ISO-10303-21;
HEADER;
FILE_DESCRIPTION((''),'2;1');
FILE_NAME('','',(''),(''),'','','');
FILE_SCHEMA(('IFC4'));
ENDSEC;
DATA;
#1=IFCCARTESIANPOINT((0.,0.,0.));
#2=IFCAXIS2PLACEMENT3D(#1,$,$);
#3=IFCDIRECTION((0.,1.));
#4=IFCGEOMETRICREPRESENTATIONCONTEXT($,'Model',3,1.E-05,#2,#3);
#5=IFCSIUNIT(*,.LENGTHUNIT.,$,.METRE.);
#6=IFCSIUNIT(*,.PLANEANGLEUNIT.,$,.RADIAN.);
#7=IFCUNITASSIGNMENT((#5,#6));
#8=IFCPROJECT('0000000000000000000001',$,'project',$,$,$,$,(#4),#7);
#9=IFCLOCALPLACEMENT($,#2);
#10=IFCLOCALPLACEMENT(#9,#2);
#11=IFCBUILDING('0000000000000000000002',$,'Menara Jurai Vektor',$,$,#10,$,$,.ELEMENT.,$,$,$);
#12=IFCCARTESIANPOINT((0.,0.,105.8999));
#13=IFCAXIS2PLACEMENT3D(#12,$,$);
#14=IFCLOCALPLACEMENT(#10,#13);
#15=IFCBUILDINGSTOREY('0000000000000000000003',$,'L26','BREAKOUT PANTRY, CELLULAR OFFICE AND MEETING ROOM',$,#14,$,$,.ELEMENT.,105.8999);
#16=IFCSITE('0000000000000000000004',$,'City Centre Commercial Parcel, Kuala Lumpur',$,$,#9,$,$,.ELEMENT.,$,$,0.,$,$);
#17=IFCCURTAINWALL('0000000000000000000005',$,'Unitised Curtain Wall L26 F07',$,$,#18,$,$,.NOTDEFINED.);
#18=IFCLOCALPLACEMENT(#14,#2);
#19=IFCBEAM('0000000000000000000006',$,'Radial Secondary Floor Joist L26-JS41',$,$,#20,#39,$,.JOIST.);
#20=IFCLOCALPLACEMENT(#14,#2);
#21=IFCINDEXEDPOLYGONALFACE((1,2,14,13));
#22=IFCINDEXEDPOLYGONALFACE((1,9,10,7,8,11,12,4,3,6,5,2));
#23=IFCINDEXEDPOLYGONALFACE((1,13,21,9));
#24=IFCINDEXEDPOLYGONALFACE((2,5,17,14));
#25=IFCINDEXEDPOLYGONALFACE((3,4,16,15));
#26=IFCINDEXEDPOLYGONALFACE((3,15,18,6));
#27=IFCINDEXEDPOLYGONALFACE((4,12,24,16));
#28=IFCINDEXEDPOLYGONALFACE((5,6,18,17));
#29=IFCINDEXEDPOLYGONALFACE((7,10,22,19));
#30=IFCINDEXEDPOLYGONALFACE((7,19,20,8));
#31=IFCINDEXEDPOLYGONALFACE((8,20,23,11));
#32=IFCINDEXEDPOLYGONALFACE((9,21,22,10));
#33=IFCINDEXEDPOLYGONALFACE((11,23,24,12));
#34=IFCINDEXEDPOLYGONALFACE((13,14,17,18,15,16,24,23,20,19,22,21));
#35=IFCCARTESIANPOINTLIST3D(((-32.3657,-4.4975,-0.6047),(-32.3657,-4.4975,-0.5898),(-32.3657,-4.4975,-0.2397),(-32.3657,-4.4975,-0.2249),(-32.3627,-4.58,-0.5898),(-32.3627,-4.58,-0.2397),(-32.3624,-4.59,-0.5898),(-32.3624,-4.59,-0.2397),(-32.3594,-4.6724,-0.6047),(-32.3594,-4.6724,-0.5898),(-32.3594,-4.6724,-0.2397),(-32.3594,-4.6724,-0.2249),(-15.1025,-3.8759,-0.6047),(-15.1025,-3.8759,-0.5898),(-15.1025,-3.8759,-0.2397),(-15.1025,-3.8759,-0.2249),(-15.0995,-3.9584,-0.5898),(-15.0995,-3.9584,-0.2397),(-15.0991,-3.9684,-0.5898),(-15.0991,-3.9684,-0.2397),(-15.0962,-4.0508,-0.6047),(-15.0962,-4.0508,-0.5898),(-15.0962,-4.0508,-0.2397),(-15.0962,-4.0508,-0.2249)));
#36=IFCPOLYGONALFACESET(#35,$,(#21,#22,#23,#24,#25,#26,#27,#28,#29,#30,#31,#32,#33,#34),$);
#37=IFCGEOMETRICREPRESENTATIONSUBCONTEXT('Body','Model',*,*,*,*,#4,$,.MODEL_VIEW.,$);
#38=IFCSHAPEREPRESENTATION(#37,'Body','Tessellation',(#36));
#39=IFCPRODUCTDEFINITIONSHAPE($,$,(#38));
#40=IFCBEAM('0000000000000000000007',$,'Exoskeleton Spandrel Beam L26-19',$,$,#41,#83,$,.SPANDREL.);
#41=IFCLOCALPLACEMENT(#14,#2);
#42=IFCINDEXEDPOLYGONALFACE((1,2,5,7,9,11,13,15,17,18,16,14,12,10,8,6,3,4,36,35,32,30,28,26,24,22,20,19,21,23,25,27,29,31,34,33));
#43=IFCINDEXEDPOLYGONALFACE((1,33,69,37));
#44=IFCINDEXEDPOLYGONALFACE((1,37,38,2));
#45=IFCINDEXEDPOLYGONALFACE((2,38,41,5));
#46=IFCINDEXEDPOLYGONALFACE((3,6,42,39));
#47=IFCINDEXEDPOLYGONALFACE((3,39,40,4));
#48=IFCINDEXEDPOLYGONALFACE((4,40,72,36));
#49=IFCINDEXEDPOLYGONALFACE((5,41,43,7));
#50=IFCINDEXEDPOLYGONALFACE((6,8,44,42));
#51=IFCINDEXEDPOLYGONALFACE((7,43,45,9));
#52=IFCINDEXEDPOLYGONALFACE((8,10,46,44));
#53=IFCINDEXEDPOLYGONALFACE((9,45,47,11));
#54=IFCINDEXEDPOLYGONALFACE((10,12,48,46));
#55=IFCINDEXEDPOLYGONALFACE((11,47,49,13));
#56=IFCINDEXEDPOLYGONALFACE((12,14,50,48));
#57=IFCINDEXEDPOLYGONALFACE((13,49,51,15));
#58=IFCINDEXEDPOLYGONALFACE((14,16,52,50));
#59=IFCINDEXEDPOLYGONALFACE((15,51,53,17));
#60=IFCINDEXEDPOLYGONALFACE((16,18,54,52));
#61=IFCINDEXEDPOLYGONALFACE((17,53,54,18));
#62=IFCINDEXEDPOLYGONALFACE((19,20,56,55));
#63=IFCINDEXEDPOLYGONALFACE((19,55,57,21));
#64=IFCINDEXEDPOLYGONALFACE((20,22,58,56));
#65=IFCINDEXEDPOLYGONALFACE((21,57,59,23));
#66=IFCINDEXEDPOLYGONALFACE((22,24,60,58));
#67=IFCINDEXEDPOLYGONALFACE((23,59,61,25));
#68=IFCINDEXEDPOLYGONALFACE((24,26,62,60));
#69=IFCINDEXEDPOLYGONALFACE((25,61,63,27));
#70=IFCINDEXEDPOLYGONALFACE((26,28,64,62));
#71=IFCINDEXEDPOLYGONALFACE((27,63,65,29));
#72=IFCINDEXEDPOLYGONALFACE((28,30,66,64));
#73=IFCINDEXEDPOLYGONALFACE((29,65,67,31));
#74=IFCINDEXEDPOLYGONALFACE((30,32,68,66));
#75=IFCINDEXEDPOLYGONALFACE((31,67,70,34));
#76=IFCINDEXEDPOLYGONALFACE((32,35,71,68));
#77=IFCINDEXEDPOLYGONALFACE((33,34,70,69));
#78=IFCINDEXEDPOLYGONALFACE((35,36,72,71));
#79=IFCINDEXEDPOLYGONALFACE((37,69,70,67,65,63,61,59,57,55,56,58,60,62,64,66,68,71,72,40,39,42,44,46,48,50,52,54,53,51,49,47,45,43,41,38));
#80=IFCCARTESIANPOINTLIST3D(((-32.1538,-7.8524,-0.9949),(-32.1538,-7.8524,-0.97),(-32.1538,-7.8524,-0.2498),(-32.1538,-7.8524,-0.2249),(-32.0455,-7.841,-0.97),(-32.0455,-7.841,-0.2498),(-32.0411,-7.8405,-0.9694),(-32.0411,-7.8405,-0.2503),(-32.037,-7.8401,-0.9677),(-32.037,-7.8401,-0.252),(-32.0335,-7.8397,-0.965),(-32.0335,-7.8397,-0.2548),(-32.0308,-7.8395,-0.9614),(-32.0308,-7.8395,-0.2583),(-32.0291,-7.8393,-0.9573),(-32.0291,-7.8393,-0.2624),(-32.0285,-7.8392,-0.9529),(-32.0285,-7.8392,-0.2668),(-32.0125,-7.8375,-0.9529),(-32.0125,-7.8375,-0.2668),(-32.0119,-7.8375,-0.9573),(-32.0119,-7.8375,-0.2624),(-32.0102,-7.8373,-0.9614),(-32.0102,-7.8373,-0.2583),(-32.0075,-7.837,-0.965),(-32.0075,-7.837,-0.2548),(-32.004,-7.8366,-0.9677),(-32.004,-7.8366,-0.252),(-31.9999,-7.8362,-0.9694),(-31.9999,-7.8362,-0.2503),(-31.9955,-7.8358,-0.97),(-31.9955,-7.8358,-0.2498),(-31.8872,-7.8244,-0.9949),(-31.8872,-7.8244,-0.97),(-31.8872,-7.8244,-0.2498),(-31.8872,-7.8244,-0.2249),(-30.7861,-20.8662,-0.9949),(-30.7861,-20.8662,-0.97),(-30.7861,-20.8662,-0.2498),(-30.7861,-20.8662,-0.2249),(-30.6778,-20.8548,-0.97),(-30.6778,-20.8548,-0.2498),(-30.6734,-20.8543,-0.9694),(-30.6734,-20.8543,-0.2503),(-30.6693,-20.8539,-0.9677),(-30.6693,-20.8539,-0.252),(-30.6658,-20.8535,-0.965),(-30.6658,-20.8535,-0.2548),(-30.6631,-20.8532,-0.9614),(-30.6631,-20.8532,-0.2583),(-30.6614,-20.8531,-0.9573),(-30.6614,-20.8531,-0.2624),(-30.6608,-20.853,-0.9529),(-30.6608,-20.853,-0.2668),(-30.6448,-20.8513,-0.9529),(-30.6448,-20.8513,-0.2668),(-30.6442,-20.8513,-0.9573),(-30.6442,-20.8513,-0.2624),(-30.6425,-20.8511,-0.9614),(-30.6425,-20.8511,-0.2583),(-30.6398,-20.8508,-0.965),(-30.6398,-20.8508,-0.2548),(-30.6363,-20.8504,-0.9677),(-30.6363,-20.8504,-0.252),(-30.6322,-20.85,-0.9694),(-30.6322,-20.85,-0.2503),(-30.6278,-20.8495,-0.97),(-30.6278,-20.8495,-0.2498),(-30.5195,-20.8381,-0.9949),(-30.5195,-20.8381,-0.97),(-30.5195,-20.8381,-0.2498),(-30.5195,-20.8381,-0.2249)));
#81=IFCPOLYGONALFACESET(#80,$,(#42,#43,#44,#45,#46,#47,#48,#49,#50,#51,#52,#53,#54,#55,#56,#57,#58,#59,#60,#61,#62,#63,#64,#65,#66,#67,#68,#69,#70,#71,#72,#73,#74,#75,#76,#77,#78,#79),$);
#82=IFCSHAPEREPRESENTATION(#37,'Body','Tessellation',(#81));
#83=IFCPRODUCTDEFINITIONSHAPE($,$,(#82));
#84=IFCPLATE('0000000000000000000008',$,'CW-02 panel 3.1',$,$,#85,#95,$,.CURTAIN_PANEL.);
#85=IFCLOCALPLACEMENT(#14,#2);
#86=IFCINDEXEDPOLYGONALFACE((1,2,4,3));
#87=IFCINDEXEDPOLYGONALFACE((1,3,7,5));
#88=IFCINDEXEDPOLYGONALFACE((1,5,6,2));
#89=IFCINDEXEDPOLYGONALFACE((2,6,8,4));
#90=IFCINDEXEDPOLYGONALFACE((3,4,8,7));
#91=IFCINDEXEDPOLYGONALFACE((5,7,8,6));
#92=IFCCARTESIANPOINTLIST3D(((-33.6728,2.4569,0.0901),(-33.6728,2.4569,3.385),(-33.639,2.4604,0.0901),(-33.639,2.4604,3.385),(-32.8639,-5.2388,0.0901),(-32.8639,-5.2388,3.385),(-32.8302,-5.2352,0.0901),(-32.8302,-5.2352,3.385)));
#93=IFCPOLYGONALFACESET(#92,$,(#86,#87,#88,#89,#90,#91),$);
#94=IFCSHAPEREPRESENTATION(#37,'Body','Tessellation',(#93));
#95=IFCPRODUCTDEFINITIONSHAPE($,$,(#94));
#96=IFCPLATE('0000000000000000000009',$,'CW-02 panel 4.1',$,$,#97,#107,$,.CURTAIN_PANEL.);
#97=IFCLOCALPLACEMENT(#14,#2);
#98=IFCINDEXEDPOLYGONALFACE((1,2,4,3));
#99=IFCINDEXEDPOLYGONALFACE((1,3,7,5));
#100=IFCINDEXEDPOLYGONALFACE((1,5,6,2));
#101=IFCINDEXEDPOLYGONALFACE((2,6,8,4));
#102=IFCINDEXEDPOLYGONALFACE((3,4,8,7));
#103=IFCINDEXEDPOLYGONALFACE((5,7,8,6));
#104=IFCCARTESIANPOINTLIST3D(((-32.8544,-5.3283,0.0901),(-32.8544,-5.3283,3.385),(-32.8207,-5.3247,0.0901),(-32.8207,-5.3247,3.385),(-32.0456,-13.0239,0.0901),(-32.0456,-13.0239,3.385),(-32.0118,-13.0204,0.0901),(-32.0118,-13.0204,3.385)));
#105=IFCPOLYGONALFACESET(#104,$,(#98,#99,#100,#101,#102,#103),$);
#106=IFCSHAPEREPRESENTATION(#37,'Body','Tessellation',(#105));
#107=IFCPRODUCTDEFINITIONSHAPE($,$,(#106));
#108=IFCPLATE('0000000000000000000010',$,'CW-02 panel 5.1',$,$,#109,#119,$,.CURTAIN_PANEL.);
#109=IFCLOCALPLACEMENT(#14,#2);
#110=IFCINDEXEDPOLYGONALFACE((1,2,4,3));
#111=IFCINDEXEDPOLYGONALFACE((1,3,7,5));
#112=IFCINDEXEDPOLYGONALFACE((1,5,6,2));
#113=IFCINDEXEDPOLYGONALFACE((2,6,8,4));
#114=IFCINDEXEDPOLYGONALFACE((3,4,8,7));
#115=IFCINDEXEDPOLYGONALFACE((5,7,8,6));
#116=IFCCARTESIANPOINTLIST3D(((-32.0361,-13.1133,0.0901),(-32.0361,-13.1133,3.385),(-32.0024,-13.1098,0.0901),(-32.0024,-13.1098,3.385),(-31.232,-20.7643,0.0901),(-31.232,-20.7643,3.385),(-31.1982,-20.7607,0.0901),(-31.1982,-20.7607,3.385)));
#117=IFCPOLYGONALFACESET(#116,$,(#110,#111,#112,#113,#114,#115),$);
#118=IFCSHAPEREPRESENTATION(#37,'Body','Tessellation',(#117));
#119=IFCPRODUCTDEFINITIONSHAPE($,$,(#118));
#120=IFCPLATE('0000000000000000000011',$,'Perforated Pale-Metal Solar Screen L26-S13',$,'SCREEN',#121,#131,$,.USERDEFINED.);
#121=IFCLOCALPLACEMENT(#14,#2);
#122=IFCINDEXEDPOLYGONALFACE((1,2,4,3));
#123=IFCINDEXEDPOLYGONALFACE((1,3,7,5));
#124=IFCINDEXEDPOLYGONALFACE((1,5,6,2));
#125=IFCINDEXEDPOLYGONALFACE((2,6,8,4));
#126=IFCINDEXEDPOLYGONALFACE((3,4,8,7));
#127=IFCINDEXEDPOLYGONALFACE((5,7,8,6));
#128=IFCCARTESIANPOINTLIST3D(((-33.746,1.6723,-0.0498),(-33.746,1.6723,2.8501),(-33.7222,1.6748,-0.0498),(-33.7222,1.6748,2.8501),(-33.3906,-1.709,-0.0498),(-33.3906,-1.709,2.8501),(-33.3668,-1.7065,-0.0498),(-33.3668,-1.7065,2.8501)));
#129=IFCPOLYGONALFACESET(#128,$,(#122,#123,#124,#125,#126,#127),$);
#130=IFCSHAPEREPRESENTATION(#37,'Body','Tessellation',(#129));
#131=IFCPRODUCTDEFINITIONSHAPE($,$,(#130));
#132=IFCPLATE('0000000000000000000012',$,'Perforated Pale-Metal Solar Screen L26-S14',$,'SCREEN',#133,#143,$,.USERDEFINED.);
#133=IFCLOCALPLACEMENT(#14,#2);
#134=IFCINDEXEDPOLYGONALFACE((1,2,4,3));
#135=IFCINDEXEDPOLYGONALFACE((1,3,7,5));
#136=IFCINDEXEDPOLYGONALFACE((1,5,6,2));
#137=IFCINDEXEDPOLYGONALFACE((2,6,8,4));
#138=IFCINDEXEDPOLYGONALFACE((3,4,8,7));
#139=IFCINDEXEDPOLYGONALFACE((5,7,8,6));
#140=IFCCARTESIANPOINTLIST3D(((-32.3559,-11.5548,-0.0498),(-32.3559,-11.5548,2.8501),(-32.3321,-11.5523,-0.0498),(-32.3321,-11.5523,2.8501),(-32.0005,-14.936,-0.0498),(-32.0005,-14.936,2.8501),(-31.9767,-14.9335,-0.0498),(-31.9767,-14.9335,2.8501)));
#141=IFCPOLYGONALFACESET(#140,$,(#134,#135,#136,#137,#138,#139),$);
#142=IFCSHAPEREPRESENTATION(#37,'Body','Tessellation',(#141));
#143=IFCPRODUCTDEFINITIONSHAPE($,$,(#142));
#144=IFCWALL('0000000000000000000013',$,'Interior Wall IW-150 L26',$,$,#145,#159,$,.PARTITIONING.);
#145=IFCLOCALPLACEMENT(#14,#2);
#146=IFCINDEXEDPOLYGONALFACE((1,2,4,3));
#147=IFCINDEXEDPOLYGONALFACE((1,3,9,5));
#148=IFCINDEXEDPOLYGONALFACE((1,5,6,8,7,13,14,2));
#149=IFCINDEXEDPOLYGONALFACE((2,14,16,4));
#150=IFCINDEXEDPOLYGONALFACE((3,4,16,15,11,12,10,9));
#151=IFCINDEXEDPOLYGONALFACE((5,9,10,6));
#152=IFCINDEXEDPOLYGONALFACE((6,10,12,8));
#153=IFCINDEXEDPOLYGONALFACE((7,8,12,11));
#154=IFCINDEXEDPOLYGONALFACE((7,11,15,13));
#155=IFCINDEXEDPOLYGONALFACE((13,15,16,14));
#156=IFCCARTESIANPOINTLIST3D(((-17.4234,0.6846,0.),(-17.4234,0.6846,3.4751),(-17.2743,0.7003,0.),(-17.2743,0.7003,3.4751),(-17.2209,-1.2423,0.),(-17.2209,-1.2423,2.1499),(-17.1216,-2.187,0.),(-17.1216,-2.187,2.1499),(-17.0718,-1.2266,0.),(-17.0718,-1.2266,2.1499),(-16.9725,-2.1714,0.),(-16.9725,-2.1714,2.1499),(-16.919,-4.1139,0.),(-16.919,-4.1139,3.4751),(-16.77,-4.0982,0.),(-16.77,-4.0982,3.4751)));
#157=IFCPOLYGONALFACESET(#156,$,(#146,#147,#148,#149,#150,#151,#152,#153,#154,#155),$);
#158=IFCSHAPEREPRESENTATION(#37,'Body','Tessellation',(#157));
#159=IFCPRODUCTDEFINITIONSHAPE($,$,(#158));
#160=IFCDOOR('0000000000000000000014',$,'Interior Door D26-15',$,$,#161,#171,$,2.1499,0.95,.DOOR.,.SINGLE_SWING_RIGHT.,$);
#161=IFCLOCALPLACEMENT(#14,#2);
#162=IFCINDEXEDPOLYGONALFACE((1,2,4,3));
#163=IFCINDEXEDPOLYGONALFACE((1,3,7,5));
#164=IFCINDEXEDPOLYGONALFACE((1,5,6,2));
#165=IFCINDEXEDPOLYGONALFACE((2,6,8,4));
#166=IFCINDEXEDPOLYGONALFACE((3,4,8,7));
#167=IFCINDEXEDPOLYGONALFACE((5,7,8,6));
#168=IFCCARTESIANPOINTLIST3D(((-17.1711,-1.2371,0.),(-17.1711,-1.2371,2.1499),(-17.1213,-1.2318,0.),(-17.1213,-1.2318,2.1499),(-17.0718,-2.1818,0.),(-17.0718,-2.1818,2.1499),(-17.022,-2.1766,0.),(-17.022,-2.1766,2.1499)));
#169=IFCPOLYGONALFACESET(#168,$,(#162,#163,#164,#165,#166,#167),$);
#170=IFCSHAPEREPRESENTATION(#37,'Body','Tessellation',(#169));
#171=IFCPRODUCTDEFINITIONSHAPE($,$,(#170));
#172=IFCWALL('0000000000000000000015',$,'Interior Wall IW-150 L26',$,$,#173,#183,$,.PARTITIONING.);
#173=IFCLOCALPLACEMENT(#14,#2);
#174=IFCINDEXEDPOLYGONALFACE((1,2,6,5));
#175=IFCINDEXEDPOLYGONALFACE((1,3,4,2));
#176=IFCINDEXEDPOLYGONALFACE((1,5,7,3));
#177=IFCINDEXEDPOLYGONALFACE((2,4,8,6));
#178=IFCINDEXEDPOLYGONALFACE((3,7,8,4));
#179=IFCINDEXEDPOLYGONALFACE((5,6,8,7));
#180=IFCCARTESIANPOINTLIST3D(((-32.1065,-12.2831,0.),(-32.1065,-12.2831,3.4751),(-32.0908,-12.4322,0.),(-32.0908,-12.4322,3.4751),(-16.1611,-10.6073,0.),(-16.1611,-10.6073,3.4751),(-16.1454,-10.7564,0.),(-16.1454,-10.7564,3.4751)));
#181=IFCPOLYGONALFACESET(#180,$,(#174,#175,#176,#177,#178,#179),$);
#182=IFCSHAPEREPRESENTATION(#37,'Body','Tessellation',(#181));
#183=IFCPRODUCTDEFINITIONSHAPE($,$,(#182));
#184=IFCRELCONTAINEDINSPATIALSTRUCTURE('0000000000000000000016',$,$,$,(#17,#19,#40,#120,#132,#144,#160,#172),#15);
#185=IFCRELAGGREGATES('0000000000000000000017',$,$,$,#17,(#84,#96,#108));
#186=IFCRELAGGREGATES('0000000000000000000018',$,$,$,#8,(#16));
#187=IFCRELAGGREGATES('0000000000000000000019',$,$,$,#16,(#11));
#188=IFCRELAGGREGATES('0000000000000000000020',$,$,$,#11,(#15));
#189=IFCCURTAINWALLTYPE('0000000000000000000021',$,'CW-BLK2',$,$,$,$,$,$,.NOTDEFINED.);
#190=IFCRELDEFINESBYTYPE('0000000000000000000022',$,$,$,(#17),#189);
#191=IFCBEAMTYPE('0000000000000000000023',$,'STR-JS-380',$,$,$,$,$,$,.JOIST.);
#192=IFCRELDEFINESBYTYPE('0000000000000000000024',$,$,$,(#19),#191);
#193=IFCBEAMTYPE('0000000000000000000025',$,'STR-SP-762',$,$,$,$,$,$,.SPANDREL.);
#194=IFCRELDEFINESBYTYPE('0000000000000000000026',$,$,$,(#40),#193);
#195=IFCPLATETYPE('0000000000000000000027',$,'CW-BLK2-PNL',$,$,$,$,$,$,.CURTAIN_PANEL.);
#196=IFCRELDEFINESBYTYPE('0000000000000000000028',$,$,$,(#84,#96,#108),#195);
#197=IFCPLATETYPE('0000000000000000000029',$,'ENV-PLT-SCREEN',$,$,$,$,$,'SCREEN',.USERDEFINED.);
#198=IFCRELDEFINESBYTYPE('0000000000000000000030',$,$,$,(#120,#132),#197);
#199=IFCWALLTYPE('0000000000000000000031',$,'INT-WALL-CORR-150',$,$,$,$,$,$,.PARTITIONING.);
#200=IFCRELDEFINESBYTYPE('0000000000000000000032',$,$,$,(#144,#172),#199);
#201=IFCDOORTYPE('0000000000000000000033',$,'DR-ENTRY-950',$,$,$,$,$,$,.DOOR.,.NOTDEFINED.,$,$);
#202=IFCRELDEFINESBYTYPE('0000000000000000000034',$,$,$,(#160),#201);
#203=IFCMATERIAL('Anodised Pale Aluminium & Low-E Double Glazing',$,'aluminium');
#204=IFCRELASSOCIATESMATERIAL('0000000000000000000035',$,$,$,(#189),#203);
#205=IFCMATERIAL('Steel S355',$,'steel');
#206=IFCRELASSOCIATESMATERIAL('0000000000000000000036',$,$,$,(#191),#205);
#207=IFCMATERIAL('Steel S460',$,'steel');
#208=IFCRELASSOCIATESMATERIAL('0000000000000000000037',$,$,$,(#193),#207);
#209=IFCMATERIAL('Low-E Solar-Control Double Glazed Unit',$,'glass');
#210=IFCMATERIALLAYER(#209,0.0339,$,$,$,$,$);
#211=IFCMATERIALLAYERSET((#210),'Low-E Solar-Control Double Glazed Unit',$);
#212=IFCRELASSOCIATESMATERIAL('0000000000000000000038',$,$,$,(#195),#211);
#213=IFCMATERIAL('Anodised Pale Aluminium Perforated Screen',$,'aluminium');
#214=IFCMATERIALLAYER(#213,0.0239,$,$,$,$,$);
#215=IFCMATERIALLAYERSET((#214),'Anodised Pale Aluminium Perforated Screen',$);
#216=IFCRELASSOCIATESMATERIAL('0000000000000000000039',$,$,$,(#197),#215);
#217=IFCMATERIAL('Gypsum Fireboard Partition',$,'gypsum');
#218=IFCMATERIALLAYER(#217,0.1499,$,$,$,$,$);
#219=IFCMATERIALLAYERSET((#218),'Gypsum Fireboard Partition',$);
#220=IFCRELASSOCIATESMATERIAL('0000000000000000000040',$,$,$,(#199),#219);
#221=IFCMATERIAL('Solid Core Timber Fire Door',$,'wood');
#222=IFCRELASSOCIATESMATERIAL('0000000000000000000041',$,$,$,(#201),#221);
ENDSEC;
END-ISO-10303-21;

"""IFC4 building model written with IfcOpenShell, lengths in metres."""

from ifc_helpers import new_model, si_unit, direction, frame, frame_2d, origin, origin_2d, place, context, subcontext, project, spatial, rectangle, i_section, extrude, material, layer, layer_set, material_profile, profile_set, type_object, element, fill, aggregate, save


model = new_model("IFC4")

# Units and contexts
model_context = context("Model", 3, precision=1e-05, world=origin(), true_north=direction((0.0, 1.0)))
body_context = subcontext(model_context, "Body", "Model", "MODEL_VIEW")
ifc_project = project(units=[si_unit("LENGTHUNIT", "METRE"), si_unit("PLANEANGLEUNIT", "RADIAN")], contexts=[model_context])

# Site, building, storey
site_placement = place(None, origin())
site = spatial("IfcSite", under=ifc_project, at=site_placement, Name="City Centre Commercial Parcel, Kuala Lumpur", CompositionType="ELEMENT", RefElevation=0.0)
building_placement = place(site_placement, origin())
building = spatial("IfcBuilding", under=site, at=building_placement, Name="Menara Jurai Vektor", CompositionType="ELEMENT")
storey_placement = place(building_placement, frame((0.0, 0.0, 105.8999)))
storey = spatial("IfcBuildingStorey", under=building, at=storey_placement, Name="L26", Description="BREAKOUT PANTRY, CELLULAR OFFICE AND MEETING ROOM", CompositionType="ELEMENT", Elevation=105.8999)

# Shared definitions
ifc_material_1 = material(Name="Steel S460", Category="steel")

# Curtain wall
ifc_material_2 = material(Name="Anodised Pale Aluminium & Low-E Double Glazing", Category="aluminium")
curtain_wall_type = type_object("IfcCurtainWallType", Name="CW-BLK2", PredefinedType="NOTDEFINED", material=ifc_material_2)
curtain_wall_placement = place(storey_placement, origin())
curtain_wall = element("IfcCurtainWall", 1, at=curtain_wall_placement, inside=storey, type_object=curtain_wall_type, Name="Unitised Curtain Wall L26 F07", PredefinedType="NOTDEFINED")

# Beams
ifc_material_3 = material(Name="Steel S355", Category="steel")
ifc_material_profile_1 = material_profile(ifc_material_3, i_section(OverallWidth=0.175, OverallDepth=0.3799, WebThickness=0.01, FlangeThickness=0.0149, at=origin_2d()), Name="PG 380x175x58")
ifc_profile_set_1 = profile_set([ifc_material_profile_1], Name="Steel S355")
beam_type_1 = type_object("IfcBeamType", Name="STR-JS-380", PredefinedType="JOIST", material=ifc_profile_set_1)
beam_1_placement = place(storey_placement, frame((-32.3625, -4.585, -0.4148), z_axis=(0.999352, 0.035983, 0.0), x_axis=(-0.035983, 0.999352, 0.0)))
element("IfcBeam", 2, at=beam_1_placement, inside=storey, type_object=beam_type_1, Name="Radial Secondary Floor Joist L26-JS41", PredefinedType="JOIST", context=body_context, shape_type="SweptSolid", body=[
    extrude(i_section(OverallWidth=0.175, OverallDepth=0.3799, WebThickness=0.01, FlangeThickness=0.0149, at=origin_2d()), origin(), (0.0, 0.0, 1.0), 17.2744),
])
ifc_material_profile_2 = material_profile(ifc_material_1, i_section(OverallWidth=0.2681, OverallDepth=0.77, WebThickness=0.0161, FlangeThickness=0.0249, FilletRadius=0.0171, at=origin_2d()), Name="UKB 762x267x197")
ifc_profile_set_2 = profile_set([ifc_material_profile_2], Name="Steel S460")
beam_type_2 = type_object("IfcBeamType", Name="STR-SP-762", PredefinedType="SPANDREL", material=ifc_profile_set_2)
beam_2_placement = place(storey_placement, frame((-32.0205, -7.8384, -0.6099), z_axis=(0.10452, -0.994523, 0.0), x_axis=(0.994523, 0.10452, 0.0)))
element("IfcBeam", 3, at=beam_2_placement, inside=storey, type_object=beam_type_2, Name="Exoskeleton Spandrel Beam L26-19", PredefinedType="SPANDREL", context=body_context, shape_type="SweptSolid", body=[
    extrude(i_section(OverallWidth=0.2681, OverallDepth=0.77, WebThickness=0.0161, FlangeThickness=0.0249, FilletRadius=0.0171, at=origin_2d()), origin(), (0.0, 0.0, 1.0), 13.0854),
])

# Plates
ifc_material_4 = material(Name="Low-E Solar-Control Double Glazed Unit", Category="glass")
ifc_layer_1 = layer(ifc_material_4, 0.0339)
ifc_layer_set_1 = layer_set([ifc_layer_1], Name="Low-E Solar-Control Double Glazed Unit")
plate_type_1 = type_object("IfcPlateType", Name="CW-BLK2-PNL", PredefinedType="CURTAIN_PANEL", material=ifc_layer_set_1)
plate_1_placement = place(storey_placement, frame((-33.2515, -1.3892, 0.0901), z_axis=(0.0, 0.0, 1.0), x_axis=(0.10453, -0.994522, 0.0)))
plate_1 = element("IfcPlate", 4, at=plate_1_placement, type_object=plate_type_1, Name="CW-02 panel 3.1", PredefinedType="CURTAIN_PANEL", context=body_context, shape_type="SweptSolid", body=[
    extrude(rectangle(XDim=7.738, YDim=0.0339, at=origin_2d()), origin(), (0.0, 0.0, 1.0), 3.2949),
])
plate_2_placement = place(storey_placement, frame((-32.4331, -9.1743, 0.0901), z_axis=(0.0, 0.0, 1.0), x_axis=(0.10453, -0.994522, 0.0)))
plate_2 = element("IfcPlate", 5, at=plate_2_placement, type_object=plate_type_1, Name="CW-02 panel 4.1", PredefinedType="CURTAIN_PANEL", context=body_context, shape_type="SweptSolid", body=[
    extrude(rectangle(XDim=7.738, YDim=0.0339, at=origin_2d()), origin(), (0.0, 0.0, 1.0), 3.2949),
])
plate_3_placement = place(storey_placement, frame((-31.6172, -16.937, 0.0901), z_axis=(0.0, 0.0, 1.0), x_axis=(0.10453, -0.994522, 0.0)))
plate_3 = element("IfcPlate", 6, at=plate_3_placement, type_object=plate_type_1, Name="CW-02 panel 5.1", PredefinedType="CURTAIN_PANEL", context=body_context, shape_type="SweptSolid", body=[
    extrude(rectangle(XDim=7.6931, YDim=0.0339, at=origin_2d()), origin(), (0.0, 0.0, 1.0), 3.2949),
])
aggregate(curtain_wall, [plate_1, plate_2, plate_3])

# Plates
ifc_material_5 = material(Name="Anodised Pale Aluminium Perforated Screen", Category="aluminium")
ifc_layer_2 = layer(ifc_material_5, 0.0239)
ifc_layer_set_2 = layer_set([ifc_layer_2], Name="Anodised Pale Aluminium Perforated Screen")
plate_type_2 = type_object("IfcPlateType", Name="ENV-PLT-SCREEN", ElementType="SCREEN", PredefinedType="USERDEFINED", material=ifc_layer_set_2)
for number, where, z_axis, x_axis, name in (
    (7, (-33.5564, -0.0171, -0.0498), (0.0, 0.0, 1.0), (0.104528, -0.994522, 0.0), "Perforated Pale-Metal Solar Screen L26-S13"),
    (8, (-32.1663, -13.2441, -0.0498), (0.0, 0.0, 1.0), (0.104528, -0.994522, 0.0), "Perforated Pale-Metal Solar Screen L26-S14"),
):
    element("IfcPlate", number, at=place(storey_placement, frame(where, z_axis=z_axis, x_axis=x_axis)), inside=storey, type_object=plate_type_2, Name=name, ObjectType="SCREEN", PredefinedType="USERDEFINED", context=body_context, shape_type="SweptSolid", body=[
        extrude(rectangle(XDim=3.3999, YDim=0.0239, at=origin_2d()), origin(), (0.0, 0.0, 1.0), 2.8999),
    ])

# Wall, opening, door
ifc_material_6 = material(Name="Gypsum Fireboard Partition", Category="gypsum")
ifc_layer_3 = layer(ifc_material_6, 0.1499)
ifc_layer_set_3 = layer_set([ifc_layer_3], Name="Gypsum Fireboard Partition")
wall_type_1 = type_object("IfcWallType", Name="INT-WALL-CORR-150", PredefinedType="PARTITIONING", material=ifc_layer_set_3)
ifc_material_7 = material(Name="Solid Core Timber Fire Door", Category="wood")
door_type = type_object("IfcDoorType", Name="DR-ENTRY-950", OperationType="NOTDEFINED", PredefinedType="DOOR", material=ifc_material_7)
wall_1_placement = place(storey_placement, frame((-16.8445, -4.1062, 0.0), z_axis=(0.0, 0.0, 1.0), x_axis=(-0.104537, 0.994521, 0.0)))
wall_1 = element("IfcWall", 9, at=wall_1_placement, inside=storey, type_object=wall_type_1, Name="Interior Wall IW-150 L26", PredefinedType="PARTITIONING", context=body_context, shape_type="SweptSolid", body=[
    extrude(rectangle(XDim=4.825, YDim=0.1499, at=frame_2d((2.4126, 0.0))), origin(), (0.0, 0.0, 1.0), 3.4751),
])
opening_1_placement = place(wall_1_placement, frame((1.9375, 0.0, 0.0)))
opening_1 = element("IfcOpeningElement", 10, at=opening_1_placement, cuts=wall_1, PredefinedType="OPENING", context=body_context, shape_type="SweptSolid", body=[
    extrude(rectangle(XDim=0.95, YDim=2.1499, at=frame_2d((0.4751, 1.075))), frame((0.0, 0.085, 0.0), z_axis=(0.0, -1.0, 0.0), x_axis=(1.0, 0.0, 0.0)), (0.0, 0.0, 1.0), 0.1699),
])
door_1_placement = place(opening_1_placement, origin())
door_1 = element("IfcDoor", 11, at=door_1_placement, inside=storey, type_object=door_type, Name="Interior Door D26-15", OperationType="SINGLE_SWING_RIGHT", OverallHeight=2.1499, OverallWidth=0.95, PredefinedType="DOOR", context=body_context, shape_type="SweptSolid", body=[
    extrude(rectangle(XDim=0.95, YDim=2.1499, at=frame_2d((0.4751, 1.075))), frame((0.0, 0.0249, 0.0), z_axis=(0.0, -1.0, 0.0), x_axis=(1.0, 0.0, 0.0)), (0.0, 0.0, 1.0), 0.05),
])
fill(opening_1, door_1)

# Wall
wall_2_placement = place(storey_placement, frame((-32.0986, -12.3577, 0.0), z_axis=(0.0, 0.0, 1.0), x_axis=(0.994523, 0.10452, 0.0)))
element("IfcWall", 12, at=wall_2_placement, inside=storey, type_object=wall_type_1, Name="Interior Wall IW-150 L26", PredefinedType="PARTITIONING", context=body_context, shape_type="SweptSolid", body=[
    extrude(rectangle(XDim=16.0332, YDim=0.1499, at=frame_2d((8.0166, 0.0))), origin(), (0.0, 0.0, 1.0), 3.4751),
])

save(model, "model.ifc")
